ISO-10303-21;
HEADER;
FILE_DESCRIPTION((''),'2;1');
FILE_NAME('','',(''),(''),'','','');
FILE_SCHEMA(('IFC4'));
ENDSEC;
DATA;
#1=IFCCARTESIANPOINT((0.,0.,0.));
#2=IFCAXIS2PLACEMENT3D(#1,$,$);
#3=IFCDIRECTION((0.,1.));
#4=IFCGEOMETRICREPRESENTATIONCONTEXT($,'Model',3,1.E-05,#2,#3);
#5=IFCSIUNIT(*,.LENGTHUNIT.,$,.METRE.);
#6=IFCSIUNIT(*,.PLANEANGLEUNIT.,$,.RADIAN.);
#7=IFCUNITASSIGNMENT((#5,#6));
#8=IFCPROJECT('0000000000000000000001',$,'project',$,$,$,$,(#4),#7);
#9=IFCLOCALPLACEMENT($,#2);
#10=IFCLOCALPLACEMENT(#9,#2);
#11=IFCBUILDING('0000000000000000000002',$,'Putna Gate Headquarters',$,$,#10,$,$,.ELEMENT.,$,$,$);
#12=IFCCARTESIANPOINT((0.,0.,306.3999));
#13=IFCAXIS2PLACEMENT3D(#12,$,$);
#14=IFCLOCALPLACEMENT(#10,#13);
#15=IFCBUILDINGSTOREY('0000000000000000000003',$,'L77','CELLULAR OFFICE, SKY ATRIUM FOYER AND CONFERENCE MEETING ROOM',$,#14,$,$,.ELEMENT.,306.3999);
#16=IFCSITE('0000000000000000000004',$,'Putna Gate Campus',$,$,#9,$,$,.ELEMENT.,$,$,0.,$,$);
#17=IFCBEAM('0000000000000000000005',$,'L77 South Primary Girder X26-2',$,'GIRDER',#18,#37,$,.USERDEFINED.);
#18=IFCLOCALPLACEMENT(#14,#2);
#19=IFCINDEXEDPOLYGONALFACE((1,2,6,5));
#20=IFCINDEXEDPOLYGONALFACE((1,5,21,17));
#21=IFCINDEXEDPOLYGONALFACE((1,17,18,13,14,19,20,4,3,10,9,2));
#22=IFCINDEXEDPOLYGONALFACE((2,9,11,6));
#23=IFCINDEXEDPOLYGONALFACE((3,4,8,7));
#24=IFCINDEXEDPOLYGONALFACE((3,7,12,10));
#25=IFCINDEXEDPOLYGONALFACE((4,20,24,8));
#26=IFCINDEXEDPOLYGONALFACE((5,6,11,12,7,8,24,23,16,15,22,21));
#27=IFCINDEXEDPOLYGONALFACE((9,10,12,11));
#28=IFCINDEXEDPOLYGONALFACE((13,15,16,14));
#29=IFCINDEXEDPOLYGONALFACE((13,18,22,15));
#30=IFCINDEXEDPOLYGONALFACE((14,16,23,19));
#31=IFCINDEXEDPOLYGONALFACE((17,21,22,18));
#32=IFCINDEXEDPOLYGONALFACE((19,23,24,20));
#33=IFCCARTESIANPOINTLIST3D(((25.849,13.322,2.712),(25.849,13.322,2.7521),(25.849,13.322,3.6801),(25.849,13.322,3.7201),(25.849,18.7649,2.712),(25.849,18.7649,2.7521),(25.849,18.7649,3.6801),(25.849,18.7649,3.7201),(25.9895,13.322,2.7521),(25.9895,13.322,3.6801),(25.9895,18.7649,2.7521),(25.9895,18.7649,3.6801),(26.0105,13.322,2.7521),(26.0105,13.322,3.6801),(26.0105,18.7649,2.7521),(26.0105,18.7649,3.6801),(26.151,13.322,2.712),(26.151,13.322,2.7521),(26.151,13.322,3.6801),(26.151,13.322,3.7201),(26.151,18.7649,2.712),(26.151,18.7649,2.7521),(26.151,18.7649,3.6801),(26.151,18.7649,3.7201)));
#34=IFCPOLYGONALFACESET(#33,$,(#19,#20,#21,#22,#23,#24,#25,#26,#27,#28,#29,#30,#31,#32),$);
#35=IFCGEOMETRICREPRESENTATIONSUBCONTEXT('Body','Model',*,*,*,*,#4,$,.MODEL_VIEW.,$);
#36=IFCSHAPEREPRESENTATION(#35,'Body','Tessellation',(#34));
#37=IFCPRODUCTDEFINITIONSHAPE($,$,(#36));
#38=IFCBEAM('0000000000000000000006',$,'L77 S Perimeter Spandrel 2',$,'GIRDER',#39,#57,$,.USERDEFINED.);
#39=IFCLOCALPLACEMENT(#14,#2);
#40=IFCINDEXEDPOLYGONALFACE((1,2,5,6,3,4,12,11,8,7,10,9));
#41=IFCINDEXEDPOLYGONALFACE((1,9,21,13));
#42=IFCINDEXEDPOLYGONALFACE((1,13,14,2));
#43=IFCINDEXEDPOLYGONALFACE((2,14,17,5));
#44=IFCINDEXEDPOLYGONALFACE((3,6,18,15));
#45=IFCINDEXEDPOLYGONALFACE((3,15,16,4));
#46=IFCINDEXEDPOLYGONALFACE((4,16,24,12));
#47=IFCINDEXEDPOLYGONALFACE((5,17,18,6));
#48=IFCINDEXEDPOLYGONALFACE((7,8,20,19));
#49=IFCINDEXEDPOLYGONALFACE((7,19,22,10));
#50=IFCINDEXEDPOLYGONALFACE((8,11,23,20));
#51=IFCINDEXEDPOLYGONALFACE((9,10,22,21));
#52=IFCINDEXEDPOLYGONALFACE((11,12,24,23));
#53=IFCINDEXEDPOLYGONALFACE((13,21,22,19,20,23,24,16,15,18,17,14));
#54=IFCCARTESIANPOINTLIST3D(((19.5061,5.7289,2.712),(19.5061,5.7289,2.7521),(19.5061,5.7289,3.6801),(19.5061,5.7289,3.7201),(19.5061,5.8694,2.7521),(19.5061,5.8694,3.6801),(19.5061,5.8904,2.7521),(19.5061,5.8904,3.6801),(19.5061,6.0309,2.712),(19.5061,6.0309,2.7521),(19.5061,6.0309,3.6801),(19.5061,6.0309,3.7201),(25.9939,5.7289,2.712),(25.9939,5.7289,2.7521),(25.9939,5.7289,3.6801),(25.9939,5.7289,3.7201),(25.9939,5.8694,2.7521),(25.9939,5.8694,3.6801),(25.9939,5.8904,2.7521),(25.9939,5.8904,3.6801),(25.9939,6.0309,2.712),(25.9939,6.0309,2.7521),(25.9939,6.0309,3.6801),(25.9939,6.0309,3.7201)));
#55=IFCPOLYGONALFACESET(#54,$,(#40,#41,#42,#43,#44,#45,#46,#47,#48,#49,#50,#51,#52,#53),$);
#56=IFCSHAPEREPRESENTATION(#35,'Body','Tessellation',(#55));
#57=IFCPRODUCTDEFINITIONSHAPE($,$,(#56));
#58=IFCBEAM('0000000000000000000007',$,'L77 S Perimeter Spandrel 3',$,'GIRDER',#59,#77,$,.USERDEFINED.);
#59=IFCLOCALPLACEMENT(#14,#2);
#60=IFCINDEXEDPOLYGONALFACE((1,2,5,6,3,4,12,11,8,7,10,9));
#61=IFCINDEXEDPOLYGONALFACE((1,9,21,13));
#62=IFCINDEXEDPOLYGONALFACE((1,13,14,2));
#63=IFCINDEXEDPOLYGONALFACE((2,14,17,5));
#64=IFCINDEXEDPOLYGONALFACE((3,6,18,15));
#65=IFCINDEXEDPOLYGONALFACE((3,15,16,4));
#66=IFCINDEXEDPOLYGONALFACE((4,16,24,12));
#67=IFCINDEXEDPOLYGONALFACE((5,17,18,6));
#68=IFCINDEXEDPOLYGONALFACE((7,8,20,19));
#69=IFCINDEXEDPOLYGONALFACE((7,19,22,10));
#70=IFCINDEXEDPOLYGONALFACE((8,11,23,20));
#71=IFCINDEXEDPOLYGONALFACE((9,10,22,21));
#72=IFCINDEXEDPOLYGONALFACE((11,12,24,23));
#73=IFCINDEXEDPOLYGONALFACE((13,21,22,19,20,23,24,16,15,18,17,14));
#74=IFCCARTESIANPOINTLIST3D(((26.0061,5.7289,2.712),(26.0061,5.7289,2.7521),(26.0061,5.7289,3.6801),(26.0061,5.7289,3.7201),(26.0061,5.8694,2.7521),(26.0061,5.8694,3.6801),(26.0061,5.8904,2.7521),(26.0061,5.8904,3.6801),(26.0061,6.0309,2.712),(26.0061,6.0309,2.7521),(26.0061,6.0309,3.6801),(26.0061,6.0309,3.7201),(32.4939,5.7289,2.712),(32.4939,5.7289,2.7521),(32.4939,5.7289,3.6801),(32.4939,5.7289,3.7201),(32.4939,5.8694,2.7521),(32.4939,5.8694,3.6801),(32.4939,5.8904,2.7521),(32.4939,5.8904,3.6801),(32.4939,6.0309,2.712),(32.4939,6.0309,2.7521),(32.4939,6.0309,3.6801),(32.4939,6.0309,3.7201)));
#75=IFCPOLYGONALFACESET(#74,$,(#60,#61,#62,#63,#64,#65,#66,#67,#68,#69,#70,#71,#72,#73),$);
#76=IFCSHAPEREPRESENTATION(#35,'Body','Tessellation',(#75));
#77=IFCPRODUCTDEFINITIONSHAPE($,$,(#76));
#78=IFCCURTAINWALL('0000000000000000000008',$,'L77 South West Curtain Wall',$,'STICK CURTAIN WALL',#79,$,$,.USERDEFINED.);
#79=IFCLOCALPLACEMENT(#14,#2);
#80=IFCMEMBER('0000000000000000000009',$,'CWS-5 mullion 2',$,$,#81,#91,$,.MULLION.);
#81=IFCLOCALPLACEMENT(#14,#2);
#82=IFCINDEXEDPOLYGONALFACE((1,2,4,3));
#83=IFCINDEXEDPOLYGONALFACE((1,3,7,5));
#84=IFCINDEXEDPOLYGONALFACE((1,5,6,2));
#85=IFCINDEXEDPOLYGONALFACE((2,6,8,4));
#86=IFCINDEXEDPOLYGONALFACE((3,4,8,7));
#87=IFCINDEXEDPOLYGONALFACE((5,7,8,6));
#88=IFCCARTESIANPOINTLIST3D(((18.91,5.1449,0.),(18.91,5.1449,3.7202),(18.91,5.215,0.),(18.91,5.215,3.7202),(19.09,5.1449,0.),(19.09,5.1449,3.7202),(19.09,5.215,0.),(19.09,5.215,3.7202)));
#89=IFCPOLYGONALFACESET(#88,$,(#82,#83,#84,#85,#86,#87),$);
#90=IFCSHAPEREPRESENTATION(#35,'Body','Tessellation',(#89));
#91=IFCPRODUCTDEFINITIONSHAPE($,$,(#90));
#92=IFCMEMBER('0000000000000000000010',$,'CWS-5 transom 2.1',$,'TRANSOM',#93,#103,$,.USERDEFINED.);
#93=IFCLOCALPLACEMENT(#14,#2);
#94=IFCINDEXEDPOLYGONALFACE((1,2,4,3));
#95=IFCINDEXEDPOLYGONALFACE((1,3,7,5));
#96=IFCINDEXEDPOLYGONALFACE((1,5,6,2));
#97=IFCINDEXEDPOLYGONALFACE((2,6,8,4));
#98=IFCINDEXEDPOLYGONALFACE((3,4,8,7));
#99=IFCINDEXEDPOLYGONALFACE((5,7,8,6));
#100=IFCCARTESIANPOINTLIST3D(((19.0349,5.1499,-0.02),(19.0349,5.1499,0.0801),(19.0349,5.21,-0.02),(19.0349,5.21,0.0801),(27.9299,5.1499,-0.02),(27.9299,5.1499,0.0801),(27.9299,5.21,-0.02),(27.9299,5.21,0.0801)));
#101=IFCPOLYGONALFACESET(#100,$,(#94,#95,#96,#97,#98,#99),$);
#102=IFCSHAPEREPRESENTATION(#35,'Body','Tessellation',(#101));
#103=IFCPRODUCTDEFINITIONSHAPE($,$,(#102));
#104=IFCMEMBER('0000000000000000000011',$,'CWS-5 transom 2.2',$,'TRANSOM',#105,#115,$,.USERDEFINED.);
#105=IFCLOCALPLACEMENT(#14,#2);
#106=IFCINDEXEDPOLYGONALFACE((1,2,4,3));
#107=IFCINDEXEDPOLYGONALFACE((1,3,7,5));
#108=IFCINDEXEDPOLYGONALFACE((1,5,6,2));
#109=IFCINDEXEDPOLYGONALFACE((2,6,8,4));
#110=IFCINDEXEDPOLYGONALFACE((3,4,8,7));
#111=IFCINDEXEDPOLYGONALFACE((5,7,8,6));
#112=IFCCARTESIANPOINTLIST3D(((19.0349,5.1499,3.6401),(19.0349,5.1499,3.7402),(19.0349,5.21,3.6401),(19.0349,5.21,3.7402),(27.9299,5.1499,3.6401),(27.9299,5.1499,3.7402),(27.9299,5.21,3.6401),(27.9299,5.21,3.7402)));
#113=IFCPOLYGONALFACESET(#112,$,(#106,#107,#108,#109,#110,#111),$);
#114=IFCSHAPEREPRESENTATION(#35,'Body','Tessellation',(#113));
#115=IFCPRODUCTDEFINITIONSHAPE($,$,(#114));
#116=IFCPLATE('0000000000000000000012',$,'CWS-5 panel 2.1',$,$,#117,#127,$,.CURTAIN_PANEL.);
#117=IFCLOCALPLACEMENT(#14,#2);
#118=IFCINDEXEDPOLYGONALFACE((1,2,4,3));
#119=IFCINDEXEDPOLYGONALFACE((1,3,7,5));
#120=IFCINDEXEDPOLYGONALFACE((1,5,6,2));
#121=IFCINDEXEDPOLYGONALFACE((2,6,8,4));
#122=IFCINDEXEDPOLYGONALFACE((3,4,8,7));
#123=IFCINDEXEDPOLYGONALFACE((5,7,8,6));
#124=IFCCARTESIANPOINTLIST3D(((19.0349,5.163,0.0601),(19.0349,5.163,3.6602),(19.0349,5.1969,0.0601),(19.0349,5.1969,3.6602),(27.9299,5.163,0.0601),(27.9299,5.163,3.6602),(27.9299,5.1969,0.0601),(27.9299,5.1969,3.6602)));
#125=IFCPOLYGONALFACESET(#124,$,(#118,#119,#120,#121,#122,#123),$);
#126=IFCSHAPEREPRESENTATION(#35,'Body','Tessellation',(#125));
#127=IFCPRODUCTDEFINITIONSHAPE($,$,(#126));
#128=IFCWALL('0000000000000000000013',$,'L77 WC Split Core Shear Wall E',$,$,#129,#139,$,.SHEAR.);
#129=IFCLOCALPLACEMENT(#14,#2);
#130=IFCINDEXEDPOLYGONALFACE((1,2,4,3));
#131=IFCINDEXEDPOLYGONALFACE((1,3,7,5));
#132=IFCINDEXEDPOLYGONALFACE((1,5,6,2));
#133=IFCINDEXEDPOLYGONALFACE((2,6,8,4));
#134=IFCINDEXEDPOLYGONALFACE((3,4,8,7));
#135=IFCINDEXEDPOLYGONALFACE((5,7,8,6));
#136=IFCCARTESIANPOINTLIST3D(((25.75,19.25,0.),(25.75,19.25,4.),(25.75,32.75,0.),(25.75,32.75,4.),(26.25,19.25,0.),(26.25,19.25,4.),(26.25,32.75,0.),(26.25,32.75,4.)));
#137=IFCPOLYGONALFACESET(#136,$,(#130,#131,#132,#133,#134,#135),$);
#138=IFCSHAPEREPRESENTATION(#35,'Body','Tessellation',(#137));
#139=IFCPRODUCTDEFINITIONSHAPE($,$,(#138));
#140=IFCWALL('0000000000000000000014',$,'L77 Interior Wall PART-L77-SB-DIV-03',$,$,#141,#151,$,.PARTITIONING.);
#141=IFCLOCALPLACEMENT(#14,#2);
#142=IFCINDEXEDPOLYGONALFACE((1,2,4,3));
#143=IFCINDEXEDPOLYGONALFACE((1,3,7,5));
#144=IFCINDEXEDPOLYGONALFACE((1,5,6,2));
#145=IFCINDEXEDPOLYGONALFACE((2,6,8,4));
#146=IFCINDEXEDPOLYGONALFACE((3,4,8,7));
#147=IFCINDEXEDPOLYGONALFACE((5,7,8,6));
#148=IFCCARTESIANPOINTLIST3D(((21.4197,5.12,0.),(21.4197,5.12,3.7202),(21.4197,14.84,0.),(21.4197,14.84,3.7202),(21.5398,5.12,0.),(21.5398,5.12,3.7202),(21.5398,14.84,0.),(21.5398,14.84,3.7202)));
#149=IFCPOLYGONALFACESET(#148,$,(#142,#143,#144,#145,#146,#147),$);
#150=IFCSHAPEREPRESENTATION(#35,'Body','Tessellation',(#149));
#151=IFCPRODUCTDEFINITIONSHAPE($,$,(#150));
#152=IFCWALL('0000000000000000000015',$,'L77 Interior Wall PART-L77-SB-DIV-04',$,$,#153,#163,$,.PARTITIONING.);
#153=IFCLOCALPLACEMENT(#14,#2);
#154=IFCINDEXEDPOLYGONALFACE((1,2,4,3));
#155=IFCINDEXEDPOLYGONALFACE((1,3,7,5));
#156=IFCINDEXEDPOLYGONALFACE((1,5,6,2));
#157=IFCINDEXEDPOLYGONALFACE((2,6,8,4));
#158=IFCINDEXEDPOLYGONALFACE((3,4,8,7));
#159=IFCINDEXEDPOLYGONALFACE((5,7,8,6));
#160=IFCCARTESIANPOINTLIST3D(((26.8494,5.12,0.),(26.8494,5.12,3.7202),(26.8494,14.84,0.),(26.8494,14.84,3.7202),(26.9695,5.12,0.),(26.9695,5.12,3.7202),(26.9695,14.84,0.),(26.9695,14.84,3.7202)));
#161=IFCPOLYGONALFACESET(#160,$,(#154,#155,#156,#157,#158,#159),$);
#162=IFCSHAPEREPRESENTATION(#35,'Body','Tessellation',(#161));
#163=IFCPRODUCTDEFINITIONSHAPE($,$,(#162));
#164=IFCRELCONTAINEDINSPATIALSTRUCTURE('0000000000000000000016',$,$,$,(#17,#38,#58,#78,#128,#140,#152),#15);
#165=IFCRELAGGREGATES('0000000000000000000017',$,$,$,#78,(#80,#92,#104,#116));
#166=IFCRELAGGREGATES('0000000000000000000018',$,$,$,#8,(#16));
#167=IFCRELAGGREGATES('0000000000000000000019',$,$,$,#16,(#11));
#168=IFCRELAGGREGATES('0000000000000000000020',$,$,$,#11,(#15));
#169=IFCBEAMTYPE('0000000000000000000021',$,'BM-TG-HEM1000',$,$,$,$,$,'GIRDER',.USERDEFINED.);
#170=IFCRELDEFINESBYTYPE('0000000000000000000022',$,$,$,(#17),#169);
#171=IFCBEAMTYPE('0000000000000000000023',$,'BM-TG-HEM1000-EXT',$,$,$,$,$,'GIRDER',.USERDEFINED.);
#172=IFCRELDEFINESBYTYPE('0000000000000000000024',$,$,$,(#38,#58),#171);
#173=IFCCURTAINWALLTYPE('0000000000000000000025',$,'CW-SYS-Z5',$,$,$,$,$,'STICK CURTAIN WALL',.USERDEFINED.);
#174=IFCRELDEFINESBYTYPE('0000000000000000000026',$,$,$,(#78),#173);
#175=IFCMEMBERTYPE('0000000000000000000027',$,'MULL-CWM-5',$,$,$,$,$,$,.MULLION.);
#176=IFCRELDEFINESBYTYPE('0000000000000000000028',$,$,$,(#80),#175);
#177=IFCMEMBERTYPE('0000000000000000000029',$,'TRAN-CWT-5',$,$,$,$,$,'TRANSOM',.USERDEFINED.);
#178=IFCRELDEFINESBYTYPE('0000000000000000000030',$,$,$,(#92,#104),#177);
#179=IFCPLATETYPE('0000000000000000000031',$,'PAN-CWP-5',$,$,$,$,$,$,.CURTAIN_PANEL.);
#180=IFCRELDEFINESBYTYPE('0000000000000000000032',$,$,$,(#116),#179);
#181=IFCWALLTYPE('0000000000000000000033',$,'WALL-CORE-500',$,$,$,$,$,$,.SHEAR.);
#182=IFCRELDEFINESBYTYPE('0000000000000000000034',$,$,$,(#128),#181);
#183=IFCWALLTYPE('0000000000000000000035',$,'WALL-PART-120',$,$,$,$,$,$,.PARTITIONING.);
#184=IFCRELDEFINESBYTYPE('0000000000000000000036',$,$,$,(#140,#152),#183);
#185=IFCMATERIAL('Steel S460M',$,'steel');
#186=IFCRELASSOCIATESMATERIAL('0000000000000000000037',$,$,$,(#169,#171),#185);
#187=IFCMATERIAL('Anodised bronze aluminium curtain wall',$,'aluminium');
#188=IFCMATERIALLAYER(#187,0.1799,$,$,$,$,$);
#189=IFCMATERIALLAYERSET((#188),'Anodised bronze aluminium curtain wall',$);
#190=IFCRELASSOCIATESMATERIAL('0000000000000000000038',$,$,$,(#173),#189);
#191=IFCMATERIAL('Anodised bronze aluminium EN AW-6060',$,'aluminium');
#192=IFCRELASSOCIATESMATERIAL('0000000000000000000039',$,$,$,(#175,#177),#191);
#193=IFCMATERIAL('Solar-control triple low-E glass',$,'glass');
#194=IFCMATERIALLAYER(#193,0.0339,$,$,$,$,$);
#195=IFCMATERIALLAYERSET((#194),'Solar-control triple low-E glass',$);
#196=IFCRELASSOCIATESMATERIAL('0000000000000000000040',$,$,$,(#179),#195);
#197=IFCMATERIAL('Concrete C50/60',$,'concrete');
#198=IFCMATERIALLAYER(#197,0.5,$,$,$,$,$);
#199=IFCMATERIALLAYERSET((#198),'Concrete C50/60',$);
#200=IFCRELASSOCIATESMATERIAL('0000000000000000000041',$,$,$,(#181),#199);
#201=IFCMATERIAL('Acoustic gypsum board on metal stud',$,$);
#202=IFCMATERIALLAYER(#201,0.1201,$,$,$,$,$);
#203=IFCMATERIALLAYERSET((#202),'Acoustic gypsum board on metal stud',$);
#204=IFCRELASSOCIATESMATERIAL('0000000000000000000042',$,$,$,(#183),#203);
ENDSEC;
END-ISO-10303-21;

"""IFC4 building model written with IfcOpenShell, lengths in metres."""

from ifc_helpers import new_model, si_unit, direction, frame, frame_2d, origin, origin_2d, place, context, subcontext, project, spatial, rectangle, i_section, extrude, material, layer, layer_set, material_profile, profile_set, type_object, element, aggregate, save


model = new_model("IFC4")

# Units and contexts
model_context = context("Model", 3, precision=1e-05, world=origin(), true_north=direction((0.0, 1.0)))
body_context = subcontext(model_context, "Body", "Model", "MODEL_VIEW")
ifc_project = project(units=[si_unit("LENGTHUNIT", "METRE"), si_unit("PLANEANGLEUNIT", "RADIAN")], contexts=[model_context])

# Site, building, storey
site_placement = place(None, origin())
site = spatial("IfcSite", under=ifc_project, at=site_placement, Name="Putna Gate Campus", CompositionType="ELEMENT", RefElevation=0.0)
building_placement = place(site_placement, origin())
building = spatial("IfcBuilding", under=site, at=building_placement, Name="Putna Gate Headquarters", CompositionType="ELEMENT")
storey_placement = place(building_placement, frame((0.0, 0.0, 306.3999)))
storey = spatial("IfcBuildingStorey", under=building, at=storey_placement, Name="L77", Description="CELLULAR OFFICE, SKY ATRIUM FOYER AND CONFERENCE MEETING ROOM", CompositionType="ELEMENT", Elevation=306.3999)

# Shared definitions
ifc_material_1 = material(Name="Steel S460M", Category="steel")

# Beams
ifc_material_profile_1 = material_profile(ifc_material_1, i_section(OverallWidth=0.302, OverallDepth=1.0081, WebThickness=0.021, FlangeThickness=0.04, at=origin_2d()), Name="Steel S460M")
ifc_profile_set_1 = profile_set([ifc_material_profile_1], Name="Steel S460M")
beam_type_1 = type_object("IfcBeamType", Name="BM-TG-HEM1000", ElementType="GIRDER", PredefinedType="USERDEFINED", material=ifc_profile_set_1)
beam_1_placement = place(storey_placement, frame((26.0, 13.322, 3.2161), z_axis=(0.0, 1.0, 0.0), x_axis=(-1.0, 0.0, 0.0)))
element("IfcBeam", 1, at=beam_1_placement, inside=storey, type_object=beam_type_1, Name="L77 South Primary Girder X26-2", ObjectType="GIRDER", PredefinedType="USERDEFINED", context=body_context, shape_type="SweptSolid", body=[
    extrude(i_section(OverallWidth=0.302, OverallDepth=1.0081, WebThickness=0.021, FlangeThickness=0.04, at=origin_2d()), origin(), (0.0, 0.0, 1.0), 5.4429),
])
ifc_material_profile_2 = material_profile(ifc_material_1, i_section(OverallWidth=0.302, OverallDepth=1.0081, WebThickness=0.021, FlangeThickness=0.04, at=origin_2d()), Name="Steel S460M")
ifc_profile_set_2 = profile_set([ifc_material_profile_2], Name="Steel S460M")
beam_type_2 = type_object("IfcBeamType", Name="BM-TG-HEM1000-EXT", ElementType="GIRDER", PredefinedType="USERDEFINED", material=ifc_profile_set_2)
for number, where, z_axis, x_axis, name in (
    (2, (19.5061, 5.8799, 3.2161), (1.0, 0.0, 0.0), (0.0, 1.0, 0.0), "L77 S Perimeter Spandrel 2"),
    (3, (26.0061, 5.8799, 3.2161), (1.0, 0.0, 0.0), (0.0, 1.0, 0.0), "L77 S Perimeter Spandrel 3"),
):
    element("IfcBeam", number, at=place(storey_placement, frame(where, z_axis=z_axis, x_axis=x_axis)), inside=storey, type_object=beam_type_2, Name=name, ObjectType="GIRDER", PredefinedType="USERDEFINED", context=body_context, shape_type="SweptSolid", body=[
        extrude(i_section(OverallWidth=0.302, OverallDepth=1.0081, WebThickness=0.021, FlangeThickness=0.04, at=origin_2d()), origin(), (0.0, 0.0, 1.0), 6.4878),
    ])

# Curtain wall, members, plate
ifc_material_2 = material(Name="Anodised bronze aluminium curtain wall", Category="aluminium")
ifc_layer_1 = layer(ifc_material_2, 0.1799)
ifc_layer_set_1 = layer_set([ifc_layer_1], Name="Anodised bronze aluminium curtain wall")
curtain_wall_type = type_object("IfcCurtainWallType", Name="CW-SYS-Z5", ElementType="STICK CURTAIN WALL", PredefinedType="USERDEFINED", material=ifc_layer_set_1)
curtain_wall_placement = place(storey_placement, origin())
curtain_wall = element("IfcCurtainWall", 4, at=curtain_wall_placement, inside=storey, type_object=curtain_wall_type, Name="L77 South West Curtain Wall", ObjectType="STICK CURTAIN WALL", PredefinedType="USERDEFINED")
ifc_material_3 = material(Name="Anodised bronze aluminium EN AW-6060", Category="aluminium")
ifc_material_profile_3 = material_profile(ifc_material_3, rectangle(XDim=0.0701, YDim=0.1799, at=origin_2d()), Name="Anodised bronze aluminium EN AW-6060")
ifc_profile_set_3 = profile_set([ifc_material_profile_3], Name="Anodised bronze aluminium EN AW-6060")
member_type_1 = type_object("IfcMemberType", Name="MULL-CWM-5", PredefinedType="MULLION", material=ifc_profile_set_3)
member_1_placement = place(storey_placement, frame((19.0, 5.1799, 0.0), z_axis=(0.0, 0.0, 1.0), x_axis=(0.0, 1.0, 0.0)))
member_1 = element("IfcMember", 5, at=member_1_placement, type_object=member_type_1, Name="CWS-5 mullion 2", PredefinedType="MULLION", context=body_context, shape_type="SweptSolid", body=[
    extrude(rectangle(XDim=0.0701, YDim=0.1799, at=origin_2d()), origin(), (0.0, 0.0, 1.0), 3.7202),
])
ifc_material_profile_4 = material_profile(ifc_material_3, rectangle(XDim=0.0601, YDim=0.1001, at=origin_2d()), Name="Anodised bronze aluminium EN AW-6060")
ifc_profile_set_4 = profile_set([ifc_material_profile_4], Name="Anodised bronze aluminium EN AW-6060")
member_type_2 = type_object("IfcMemberType", Name="TRAN-CWT-5", ElementType="TRANSOM", PredefinedType="USERDEFINED", material=ifc_profile_set_4)
member_2_placement = place(storey_placement, frame((19.0349, 5.1799, 0.03), z_axis=(1.0, 0.0, 0.0), x_axis=(0.0, 1.0, 0.0)))
member_2 = element("IfcMember", 6, at=member_2_placement, type_object=member_type_2, Name="CWS-5 transom 2.1", ObjectType="TRANSOM", PredefinedType="USERDEFINED", context=body_context, shape_type="SweptSolid", body=[
    extrude(rectangle(XDim=0.0601, YDim=0.1001, at=origin_2d()), origin(), (0.0, 0.0, 1.0), 8.895),
])
member_3_placement = place(storey_placement, frame((19.0349, 5.1799, 3.6902), z_axis=(1.0, 0.0, 0.0), x_axis=(0.0, 1.0, 0.0)))
member_3 = element("IfcMember", 7, at=member_3_placement, type_object=member_type_2, Name="CWS-5 transom 2.2", ObjectType="TRANSOM", PredefinedType="USERDEFINED", context=body_context, shape_type="SweptSolid", body=[
    extrude(rectangle(XDim=0.0601, YDim=0.1001, at=origin_2d()), origin(), (0.0, 0.0, 1.0), 8.895),
])
ifc_material_4 = material(Name="Solar-control triple low-E glass", Category="glass")
ifc_layer_2 = layer(ifc_material_4, 0.0339)
ifc_layer_set_2 = layer_set([ifc_layer_2], Name="Solar-control triple low-E glass")
plate_type = type_object("IfcPlateType", Name="PAN-CWP-5", PredefinedType="CURTAIN_PANEL", material=ifc_layer_set_2)
plate_placement = place(storey_placement, frame((23.4824, 5.1799, 0.0601), z_axis=(0.0, 0.0, 1.0), x_axis=(1.0, 0.0, 0.0)))
plate = element("IfcPlate", 8, at=plate_placement, type_object=plate_type, Name="CWS-5 panel 2.1", PredefinedType="CURTAIN_PANEL", context=body_context, shape_type="SweptSolid", body=[
    extrude(rectangle(XDim=8.895, YDim=0.0339, at=origin_2d()), origin(), (0.0, 0.0, 1.0), 3.6001),
])
aggregate(curtain_wall, [member_1, member_2, member_3, plate])

# Walls
ifc_material_5 = material(Name="Concrete C50/60", Category="concrete")
ifc_layer_3 = layer(ifc_material_5, 0.5)
ifc_layer_set_3 = layer_set([ifc_layer_3], Name="Concrete C50/60")
wall_type_1 = type_object("IfcWallType", Name="WALL-CORE-500", PredefinedType="SHEAR", material=ifc_layer_set_3)
wall_1_placement = place(storey_placement, frame((26.0, 19.25, 0.0), z_axis=(0.0, 0.0, 1.0), x_axis=(0.0, 1.0, 0.0)))
element("IfcWall", 9, at=wall_1_placement, inside=storey, type_object=wall_type_1, Name="L77 WC Split Core Shear Wall E", PredefinedType="SHEAR", context=body_context, shape_type="SweptSolid", body=[
    extrude(rectangle(XDim=13.5, YDim=0.5, at=frame_2d((6.75, 0.0))), origin(), (0.0, 0.0, 1.0), 4.0),
])
ifc_material_6 = material(Name="Acoustic gypsum board on metal stud")
ifc_layer_4 = layer(ifc_material_6, 0.1201)
ifc_layer_set_4 = layer_set([ifc_layer_4], Name="Acoustic gypsum board on metal stud")
wall_type_2 = type_object("IfcWallType", Name="WALL-PART-120", PredefinedType="PARTITIONING", material=ifc_layer_set_4)
for number, where, z_axis, x_axis, name in (
    (10, (21.4797, 5.1201, 0.0), (0.0, 0.0, 1.0), (0.0, 1.0, 0.0), "L77 Interior Wall PART-L77-SB-DIV-03"),
    (11, (26.9094, 5.1201, 0.0), (0.0, 0.0, 1.0), (0.0, 1.0, 0.0), "L77 Interior Wall PART-L77-SB-DIV-04"),
):
    element("IfcWall", number, at=place(storey_placement, frame(where, z_axis=z_axis, x_axis=x_axis)), inside=storey, type_object=wall_type_2, Name=name, PredefinedType="PARTITIONING", context=body_context, shape_type="SweptSolid", body=[
        extrude(rectangle(XDim=9.72, YDim=0.1201, at=frame_2d((4.8599, 0.0))), origin(), (0.0, 0.0, 1.0), 3.7202),
    ])

save(model, "model.ifc")
